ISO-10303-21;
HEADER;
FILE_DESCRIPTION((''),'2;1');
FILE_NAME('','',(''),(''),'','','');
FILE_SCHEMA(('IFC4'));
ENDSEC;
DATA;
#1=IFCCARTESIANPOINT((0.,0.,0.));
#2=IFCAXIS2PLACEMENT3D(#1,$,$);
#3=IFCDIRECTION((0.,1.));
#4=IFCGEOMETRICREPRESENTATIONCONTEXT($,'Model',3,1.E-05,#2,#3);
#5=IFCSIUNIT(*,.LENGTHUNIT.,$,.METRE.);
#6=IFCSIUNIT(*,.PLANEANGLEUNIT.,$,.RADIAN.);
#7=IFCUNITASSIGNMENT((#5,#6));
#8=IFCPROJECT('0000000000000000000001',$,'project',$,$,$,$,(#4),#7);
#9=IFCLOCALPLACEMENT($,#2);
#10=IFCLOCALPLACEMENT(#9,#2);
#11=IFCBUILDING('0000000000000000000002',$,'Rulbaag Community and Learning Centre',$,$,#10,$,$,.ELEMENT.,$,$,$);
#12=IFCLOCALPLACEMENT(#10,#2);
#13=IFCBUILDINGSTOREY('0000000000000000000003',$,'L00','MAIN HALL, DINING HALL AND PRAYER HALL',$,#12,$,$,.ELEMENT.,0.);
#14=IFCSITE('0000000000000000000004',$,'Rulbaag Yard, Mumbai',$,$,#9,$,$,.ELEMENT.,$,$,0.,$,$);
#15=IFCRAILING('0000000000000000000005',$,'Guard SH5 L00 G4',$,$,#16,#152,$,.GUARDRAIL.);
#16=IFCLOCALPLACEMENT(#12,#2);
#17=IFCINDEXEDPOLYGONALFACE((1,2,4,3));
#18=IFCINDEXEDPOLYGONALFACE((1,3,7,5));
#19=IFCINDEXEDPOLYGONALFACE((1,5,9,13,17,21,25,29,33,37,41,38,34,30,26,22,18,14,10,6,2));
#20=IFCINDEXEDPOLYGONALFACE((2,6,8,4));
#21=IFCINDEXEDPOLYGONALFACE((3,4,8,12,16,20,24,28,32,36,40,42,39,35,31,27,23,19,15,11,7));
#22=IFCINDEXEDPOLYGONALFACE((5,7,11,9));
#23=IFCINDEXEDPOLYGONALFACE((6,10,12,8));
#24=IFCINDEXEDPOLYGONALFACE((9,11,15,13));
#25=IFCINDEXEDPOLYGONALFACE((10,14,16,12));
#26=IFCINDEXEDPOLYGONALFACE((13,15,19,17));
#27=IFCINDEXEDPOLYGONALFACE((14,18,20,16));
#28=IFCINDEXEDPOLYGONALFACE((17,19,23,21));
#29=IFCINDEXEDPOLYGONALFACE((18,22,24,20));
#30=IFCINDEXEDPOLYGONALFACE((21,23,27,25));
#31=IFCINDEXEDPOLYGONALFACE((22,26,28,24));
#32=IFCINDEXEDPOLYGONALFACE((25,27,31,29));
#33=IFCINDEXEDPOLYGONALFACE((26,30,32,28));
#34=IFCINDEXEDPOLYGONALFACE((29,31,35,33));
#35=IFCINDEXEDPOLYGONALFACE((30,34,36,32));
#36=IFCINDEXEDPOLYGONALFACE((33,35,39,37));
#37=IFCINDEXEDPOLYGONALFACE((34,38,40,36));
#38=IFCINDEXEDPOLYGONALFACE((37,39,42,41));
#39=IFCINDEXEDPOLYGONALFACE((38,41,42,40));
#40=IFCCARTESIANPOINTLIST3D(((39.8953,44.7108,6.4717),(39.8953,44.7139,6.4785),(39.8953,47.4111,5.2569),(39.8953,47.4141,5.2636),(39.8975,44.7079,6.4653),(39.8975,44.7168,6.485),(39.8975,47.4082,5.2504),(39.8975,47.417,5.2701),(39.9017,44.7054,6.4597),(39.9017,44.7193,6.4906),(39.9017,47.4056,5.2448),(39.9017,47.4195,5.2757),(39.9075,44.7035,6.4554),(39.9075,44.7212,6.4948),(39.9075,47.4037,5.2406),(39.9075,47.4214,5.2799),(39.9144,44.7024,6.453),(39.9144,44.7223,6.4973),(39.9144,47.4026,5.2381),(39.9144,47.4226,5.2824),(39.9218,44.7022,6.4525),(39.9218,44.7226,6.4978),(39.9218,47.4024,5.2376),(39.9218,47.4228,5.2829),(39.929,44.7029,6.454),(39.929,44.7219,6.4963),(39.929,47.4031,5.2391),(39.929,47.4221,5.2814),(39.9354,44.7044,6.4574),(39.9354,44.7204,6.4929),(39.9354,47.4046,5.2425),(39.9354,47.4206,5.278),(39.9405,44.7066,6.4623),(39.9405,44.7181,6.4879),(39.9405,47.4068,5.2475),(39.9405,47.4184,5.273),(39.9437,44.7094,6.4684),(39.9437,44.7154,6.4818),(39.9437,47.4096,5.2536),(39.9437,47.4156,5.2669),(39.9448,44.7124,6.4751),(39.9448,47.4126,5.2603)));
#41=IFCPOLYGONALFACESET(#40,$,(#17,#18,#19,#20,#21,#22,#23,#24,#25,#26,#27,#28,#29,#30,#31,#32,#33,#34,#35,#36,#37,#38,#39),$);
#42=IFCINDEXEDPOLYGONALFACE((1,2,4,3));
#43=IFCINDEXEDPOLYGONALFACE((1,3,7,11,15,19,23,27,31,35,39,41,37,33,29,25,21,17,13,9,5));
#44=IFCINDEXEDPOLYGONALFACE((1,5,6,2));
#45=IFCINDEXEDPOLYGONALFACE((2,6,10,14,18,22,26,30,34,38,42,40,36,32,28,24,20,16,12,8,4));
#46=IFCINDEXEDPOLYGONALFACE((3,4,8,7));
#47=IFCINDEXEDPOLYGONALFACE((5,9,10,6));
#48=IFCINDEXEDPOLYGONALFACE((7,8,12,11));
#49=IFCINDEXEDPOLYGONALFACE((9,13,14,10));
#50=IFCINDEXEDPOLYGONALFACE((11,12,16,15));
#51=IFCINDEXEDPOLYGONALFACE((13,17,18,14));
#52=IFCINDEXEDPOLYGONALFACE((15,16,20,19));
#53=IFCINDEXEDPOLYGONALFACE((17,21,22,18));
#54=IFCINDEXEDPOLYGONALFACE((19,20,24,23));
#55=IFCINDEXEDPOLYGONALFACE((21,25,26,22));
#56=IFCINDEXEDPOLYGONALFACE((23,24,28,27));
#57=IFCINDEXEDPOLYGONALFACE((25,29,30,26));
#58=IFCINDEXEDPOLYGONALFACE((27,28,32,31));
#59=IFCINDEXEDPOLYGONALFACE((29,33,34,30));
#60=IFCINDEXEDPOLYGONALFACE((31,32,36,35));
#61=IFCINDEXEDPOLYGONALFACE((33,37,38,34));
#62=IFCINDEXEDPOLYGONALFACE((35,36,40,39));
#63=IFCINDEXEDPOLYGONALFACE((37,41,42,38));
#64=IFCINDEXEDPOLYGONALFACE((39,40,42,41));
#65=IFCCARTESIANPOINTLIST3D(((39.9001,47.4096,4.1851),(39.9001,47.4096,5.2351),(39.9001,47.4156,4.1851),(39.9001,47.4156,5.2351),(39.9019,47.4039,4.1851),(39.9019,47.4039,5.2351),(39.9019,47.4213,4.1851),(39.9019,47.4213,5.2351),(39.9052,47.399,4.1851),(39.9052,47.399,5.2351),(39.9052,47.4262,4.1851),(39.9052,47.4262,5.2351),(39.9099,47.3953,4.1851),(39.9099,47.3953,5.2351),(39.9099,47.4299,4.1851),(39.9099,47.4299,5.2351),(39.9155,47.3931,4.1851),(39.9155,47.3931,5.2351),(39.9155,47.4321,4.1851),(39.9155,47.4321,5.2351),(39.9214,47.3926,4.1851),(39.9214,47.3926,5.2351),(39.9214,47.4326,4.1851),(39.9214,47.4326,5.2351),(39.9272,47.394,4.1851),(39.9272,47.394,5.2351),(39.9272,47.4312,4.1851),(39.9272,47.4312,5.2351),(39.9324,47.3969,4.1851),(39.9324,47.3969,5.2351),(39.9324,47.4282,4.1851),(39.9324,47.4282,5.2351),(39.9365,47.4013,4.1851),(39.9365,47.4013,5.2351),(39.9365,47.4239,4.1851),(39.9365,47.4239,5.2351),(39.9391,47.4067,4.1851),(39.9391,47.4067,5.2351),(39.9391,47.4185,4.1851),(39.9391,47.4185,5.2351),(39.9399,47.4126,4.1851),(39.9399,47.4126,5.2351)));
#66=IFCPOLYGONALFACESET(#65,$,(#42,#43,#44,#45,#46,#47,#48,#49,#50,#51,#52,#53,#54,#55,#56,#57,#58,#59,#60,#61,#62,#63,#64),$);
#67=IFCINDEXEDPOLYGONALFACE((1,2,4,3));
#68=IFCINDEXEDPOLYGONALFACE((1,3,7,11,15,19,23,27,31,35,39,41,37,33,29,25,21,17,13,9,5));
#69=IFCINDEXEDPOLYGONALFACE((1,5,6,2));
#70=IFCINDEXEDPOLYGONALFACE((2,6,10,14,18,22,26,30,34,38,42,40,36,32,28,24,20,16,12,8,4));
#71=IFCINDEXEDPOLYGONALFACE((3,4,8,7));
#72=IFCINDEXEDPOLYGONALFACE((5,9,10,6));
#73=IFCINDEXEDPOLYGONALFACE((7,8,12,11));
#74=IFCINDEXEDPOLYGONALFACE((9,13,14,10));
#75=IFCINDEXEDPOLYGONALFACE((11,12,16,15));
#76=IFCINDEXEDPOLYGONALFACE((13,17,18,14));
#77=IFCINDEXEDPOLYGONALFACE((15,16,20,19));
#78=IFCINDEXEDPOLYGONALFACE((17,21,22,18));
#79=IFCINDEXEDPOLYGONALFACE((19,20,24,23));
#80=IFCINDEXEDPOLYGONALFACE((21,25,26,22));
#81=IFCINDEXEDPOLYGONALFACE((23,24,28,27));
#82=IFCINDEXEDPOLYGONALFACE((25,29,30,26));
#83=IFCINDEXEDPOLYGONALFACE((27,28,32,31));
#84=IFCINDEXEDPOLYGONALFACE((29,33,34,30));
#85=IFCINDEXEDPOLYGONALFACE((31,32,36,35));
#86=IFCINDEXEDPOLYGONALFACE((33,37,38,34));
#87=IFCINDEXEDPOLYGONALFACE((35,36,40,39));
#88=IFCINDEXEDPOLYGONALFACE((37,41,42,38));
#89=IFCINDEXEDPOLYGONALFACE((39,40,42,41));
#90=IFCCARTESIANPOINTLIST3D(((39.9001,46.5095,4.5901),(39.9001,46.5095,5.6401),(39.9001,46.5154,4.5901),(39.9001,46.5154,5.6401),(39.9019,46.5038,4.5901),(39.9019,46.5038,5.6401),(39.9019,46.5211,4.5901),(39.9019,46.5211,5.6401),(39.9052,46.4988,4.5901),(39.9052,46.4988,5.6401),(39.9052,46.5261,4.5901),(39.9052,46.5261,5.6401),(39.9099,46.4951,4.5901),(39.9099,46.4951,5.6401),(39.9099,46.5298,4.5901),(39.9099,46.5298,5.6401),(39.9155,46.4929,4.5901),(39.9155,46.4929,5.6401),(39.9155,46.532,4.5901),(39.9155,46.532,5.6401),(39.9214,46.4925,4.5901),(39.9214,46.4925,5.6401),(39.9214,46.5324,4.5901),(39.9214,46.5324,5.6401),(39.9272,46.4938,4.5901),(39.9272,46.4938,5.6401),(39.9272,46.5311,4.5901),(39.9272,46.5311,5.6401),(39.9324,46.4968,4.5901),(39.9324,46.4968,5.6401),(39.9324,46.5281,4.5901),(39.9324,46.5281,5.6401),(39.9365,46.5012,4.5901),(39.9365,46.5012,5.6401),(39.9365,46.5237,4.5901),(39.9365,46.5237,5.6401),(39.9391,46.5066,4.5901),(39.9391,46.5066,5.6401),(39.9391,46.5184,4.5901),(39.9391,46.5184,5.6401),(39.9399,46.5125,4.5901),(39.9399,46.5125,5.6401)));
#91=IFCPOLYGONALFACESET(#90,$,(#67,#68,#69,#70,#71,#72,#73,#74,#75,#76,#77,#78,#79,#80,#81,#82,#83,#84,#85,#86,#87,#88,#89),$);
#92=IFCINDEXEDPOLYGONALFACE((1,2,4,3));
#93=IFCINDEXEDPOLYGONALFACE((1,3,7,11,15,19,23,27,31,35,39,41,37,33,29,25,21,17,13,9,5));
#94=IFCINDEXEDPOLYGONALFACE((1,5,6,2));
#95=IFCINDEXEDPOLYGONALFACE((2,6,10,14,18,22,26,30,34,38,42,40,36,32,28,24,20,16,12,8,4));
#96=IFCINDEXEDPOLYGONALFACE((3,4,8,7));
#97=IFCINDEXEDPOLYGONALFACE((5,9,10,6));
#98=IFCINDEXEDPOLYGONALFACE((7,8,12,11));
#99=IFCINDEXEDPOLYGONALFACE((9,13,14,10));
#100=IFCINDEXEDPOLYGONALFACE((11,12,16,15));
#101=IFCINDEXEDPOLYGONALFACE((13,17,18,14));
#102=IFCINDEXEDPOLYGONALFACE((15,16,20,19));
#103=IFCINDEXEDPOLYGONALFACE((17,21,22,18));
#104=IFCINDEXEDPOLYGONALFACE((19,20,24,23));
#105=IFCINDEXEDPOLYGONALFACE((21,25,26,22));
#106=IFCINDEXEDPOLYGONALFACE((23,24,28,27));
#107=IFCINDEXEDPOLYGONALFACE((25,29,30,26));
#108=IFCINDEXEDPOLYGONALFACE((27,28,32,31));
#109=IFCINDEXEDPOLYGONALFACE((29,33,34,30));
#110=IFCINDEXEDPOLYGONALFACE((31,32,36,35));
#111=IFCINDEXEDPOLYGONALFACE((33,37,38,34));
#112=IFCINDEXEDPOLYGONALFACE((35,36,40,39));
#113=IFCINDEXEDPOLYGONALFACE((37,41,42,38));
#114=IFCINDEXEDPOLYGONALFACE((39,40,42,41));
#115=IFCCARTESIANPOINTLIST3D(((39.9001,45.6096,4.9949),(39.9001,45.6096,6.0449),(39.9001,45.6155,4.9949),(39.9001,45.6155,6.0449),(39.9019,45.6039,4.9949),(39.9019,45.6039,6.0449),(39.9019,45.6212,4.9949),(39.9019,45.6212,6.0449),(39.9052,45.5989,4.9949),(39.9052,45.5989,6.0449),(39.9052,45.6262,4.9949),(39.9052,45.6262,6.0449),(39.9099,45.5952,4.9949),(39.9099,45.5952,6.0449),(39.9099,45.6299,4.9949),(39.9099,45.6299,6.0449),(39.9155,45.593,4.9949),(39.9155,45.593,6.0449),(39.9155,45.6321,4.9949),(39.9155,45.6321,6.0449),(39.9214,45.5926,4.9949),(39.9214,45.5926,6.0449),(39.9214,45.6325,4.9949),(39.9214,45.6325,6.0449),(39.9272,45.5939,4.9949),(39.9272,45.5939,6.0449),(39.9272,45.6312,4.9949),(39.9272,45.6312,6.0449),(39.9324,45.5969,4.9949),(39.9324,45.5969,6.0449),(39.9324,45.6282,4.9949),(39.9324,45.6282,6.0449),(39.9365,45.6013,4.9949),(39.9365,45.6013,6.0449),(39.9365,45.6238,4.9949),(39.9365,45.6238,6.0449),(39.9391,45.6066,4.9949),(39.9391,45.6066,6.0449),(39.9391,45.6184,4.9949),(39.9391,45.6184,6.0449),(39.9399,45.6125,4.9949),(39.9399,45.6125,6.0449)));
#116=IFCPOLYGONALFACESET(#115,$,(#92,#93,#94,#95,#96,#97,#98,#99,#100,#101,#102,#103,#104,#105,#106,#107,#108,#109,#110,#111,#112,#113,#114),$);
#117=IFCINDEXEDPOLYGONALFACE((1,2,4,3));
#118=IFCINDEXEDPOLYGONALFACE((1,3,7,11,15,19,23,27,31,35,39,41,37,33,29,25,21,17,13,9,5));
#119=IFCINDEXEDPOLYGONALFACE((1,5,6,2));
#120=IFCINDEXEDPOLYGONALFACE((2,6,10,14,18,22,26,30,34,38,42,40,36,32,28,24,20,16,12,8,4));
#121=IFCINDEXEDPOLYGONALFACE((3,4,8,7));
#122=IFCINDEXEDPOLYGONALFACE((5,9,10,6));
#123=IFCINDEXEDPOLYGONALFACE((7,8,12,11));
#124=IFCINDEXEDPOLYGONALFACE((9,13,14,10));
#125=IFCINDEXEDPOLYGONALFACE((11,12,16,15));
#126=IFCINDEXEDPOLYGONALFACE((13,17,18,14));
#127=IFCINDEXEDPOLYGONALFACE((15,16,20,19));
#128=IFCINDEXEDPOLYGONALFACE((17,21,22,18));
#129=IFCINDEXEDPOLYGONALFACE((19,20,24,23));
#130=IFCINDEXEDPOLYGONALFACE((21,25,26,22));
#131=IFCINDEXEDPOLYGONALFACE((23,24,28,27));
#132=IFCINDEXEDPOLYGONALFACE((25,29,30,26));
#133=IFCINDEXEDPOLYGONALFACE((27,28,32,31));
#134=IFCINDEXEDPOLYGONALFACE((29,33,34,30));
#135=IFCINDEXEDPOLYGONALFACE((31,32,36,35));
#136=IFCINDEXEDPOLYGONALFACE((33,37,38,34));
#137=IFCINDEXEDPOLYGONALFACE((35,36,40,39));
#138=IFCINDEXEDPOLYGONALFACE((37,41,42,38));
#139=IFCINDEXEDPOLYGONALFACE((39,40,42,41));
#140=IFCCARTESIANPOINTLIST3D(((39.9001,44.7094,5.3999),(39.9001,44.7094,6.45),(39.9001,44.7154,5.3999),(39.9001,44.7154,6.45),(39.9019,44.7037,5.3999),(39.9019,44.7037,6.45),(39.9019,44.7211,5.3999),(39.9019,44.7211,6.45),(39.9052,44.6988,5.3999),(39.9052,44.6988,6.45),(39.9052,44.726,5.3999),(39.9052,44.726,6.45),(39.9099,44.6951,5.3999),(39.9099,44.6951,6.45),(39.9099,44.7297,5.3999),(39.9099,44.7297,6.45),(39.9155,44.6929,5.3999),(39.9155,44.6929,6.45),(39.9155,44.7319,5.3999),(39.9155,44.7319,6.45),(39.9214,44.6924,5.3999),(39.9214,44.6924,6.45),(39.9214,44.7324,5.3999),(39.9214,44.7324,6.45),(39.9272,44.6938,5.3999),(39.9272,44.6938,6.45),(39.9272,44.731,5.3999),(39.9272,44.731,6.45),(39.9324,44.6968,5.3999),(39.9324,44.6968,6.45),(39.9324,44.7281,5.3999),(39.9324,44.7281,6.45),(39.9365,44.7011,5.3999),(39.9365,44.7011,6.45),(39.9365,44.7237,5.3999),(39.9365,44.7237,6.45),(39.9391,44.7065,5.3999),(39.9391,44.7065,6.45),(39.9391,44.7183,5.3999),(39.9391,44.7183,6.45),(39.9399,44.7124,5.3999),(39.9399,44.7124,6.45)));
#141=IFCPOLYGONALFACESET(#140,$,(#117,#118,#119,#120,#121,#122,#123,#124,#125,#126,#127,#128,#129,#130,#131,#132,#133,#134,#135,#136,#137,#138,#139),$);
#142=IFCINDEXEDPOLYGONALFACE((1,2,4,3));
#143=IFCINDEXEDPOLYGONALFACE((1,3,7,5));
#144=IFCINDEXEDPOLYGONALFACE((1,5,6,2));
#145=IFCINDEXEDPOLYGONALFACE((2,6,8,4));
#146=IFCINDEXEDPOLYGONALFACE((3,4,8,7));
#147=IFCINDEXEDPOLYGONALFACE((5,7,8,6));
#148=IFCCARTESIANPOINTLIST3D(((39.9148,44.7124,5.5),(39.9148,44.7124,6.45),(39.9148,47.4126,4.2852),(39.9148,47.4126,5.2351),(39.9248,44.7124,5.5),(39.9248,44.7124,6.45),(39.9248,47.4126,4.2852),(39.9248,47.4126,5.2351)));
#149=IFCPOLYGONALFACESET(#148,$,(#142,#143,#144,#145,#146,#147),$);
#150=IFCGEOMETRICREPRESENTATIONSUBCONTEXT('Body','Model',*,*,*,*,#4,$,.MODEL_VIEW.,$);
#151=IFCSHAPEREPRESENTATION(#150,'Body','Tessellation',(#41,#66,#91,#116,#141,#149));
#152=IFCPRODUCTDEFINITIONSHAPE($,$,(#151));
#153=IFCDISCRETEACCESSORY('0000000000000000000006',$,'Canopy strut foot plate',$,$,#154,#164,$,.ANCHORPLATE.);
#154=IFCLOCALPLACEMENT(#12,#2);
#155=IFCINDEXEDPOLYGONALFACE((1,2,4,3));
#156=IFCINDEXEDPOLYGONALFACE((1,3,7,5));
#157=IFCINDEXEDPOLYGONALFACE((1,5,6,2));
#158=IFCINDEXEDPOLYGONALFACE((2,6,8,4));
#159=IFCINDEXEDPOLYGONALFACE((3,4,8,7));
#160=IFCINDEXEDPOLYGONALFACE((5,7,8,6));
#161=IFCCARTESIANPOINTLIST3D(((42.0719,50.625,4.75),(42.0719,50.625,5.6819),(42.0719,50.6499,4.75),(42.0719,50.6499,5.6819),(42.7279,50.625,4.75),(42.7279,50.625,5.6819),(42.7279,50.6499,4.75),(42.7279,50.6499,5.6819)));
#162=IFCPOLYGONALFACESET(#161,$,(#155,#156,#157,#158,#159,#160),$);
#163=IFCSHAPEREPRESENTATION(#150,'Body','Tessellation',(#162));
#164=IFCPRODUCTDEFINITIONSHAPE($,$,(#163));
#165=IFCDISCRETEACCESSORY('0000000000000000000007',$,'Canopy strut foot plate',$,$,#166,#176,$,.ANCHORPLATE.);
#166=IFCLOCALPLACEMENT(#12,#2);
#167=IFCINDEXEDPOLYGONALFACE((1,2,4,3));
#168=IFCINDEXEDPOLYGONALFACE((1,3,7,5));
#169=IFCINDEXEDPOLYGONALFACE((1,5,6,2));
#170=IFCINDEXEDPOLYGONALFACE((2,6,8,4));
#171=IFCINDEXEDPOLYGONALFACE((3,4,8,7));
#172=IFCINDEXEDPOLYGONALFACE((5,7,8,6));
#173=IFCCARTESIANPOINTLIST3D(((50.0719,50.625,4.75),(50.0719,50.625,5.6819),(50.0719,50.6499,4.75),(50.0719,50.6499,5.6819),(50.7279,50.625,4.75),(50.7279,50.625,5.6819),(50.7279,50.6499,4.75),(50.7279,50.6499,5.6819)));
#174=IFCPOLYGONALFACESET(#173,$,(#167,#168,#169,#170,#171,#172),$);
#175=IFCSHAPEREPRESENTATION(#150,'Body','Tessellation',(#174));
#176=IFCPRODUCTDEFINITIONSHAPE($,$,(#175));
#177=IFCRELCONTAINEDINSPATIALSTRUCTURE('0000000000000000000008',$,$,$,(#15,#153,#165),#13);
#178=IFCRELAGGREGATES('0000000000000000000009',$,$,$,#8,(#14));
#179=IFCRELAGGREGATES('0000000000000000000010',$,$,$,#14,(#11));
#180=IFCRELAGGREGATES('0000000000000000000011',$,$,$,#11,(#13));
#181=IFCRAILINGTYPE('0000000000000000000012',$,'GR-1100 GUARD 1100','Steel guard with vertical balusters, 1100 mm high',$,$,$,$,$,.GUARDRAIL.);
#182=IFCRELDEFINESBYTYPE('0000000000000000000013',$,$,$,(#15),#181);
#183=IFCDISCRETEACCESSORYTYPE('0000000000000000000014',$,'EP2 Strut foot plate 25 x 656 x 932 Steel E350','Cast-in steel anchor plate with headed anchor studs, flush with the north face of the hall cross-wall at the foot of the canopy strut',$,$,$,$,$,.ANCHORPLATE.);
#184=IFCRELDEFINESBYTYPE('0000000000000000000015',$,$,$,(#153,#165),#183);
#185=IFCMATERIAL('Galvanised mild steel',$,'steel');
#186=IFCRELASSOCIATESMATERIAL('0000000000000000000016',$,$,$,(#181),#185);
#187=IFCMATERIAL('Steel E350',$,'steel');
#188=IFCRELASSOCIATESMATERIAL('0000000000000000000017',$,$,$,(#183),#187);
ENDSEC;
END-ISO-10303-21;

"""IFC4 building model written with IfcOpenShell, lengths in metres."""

from ifc_helpers import new_model, si_unit, direction, frame, origin, origin_2d, place, context, subcontext, project, spatial, polyline, rectangle, circle, outline, extrude, material, type_object, element, save


model = new_model("IFC4")

# Units and contexts
model_context = context("Model", 3, precision=1e-05, world=origin(), true_north=direction((0.0, 1.0)))
body_context = subcontext(model_context, "Body", "Model", "MODEL_VIEW")
ifc_project = project(units=[si_unit("LENGTHUNIT", "METRE"), si_unit("PLANEANGLEUNIT", "RADIAN")], contexts=[model_context])

# Site, building, storey
site_placement = place(None, origin())
site = spatial("IfcSite", under=ifc_project, at=site_placement, Name="Rulbaag Yard, Mumbai", CompositionType="ELEMENT", RefElevation=0.0)
building_placement = place(site_placement, origin())
building = spatial("IfcBuilding", under=site, at=building_placement, Name="Rulbaag Community and Learning Centre", CompositionType="ELEMENT")
storey_placement = place(building_placement, origin())
storey = spatial("IfcBuildingStorey", under=building, at=storey_placement, Name="L00", Description="MAIN HALL, DINING HALL AND PRAYER HALL", CompositionType="ELEMENT", Elevation=0.0)

# Shared definitions
ifc_material_1 = material(Name="Steel E350", Category="steel")

# Railing
ifc_material_2 = material(Name="Galvanised mild steel", Category="steel")
railing_type = type_object("IfcRailingType", Name="GR-1100 GUARD 1100", Description="Steel guard with vertical balusters, 1100 mm high", PredefinedType="GUARDRAIL", material=ifc_material_2)
railing_1_placement = place(storey_placement, frame((39.9199, 47.4126, 4.1851)))
element("IfcRailing", 1, at=railing_1_placement, inside=storey, type_object=railing_type, Name="Guard SH5 L00 G4", PredefinedType="GUARDRAIL", context=body_context, shape_type="SweptSolid", body=[
    extrude(circle(Radius=0.0249, at=origin_2d()), frame((0.0, 0.0, 1.0752), z_axis=(0.0, -0.911952, 0.410296), x_axis=(1.0, 0.0, 0.0)), (0.0, 0.0, 1.0), 2.9609),
    extrude(circle(Radius=0.02, at=origin_2d()), origin(), (0.0, 0.0, 1.0), 1.05),
    extrude(circle(Radius=0.02, at=origin_2d()), frame((0.0, -0.9001, 0.405)), (0.0, 0.0, 1.0), 1.05),
    extrude(circle(Radius=0.02, at=origin_2d()), frame((0.0, -1.8, 0.8098)), (0.0, 0.0, 1.0), 1.05),
    extrude(circle(Radius=0.02, at=origin_2d()), frame((0.0, -2.7002, 1.2148)), (0.0, 0.0, 1.0), 1.05),
    extrude(outline(polyline([(0.0, 0.0), (2.7002, 1.2148), (2.7002, 2.1648), (0.0, 0.95), (0.0, 0.0)])), frame((0.0049, 0.0, 0.1001), z_axis=(-1.0, 0.0, 0.0), x_axis=(0.0, -1.0, 0.0)), (0.0, 0.0, 1.0), 0.01),
])

# Discrete accessories
discrete_accessory_type = type_object("IfcDiscreteAccessoryType", Name="EP2 Strut foot plate 25 x 656 x 932 Steel E350", Description="Cast-in steel anchor plate with headed anchor studs, flush with the north face of the hall cross-wall at the foot of the canopy strut", PredefinedType="ANCHORPLATE", material=ifc_material_1)
for number, where, z_axis, x_axis, name in (
    (2, (42.3999, 50.6375, 4.75), (0.0, 0.0, 1.0), (1.0, 0.0, 0.0), "Canopy strut foot plate"),
    (3, (50.3999, 50.6375, 4.75), (0.0, 0.0, 1.0), (1.0, 0.0, 0.0), "Canopy strut foot plate"),
):
    element("IfcDiscreteAccessory", number, at=place(storey_placement, frame(where, z_axis=z_axis, x_axis=x_axis)), inside=storey, type_object=discrete_accessory_type, Name=name, PredefinedType="ANCHORPLATE", context=body_context, shape_type="SweptSolid", body=[
        extrude(rectangle(XDim=0.656, YDim=0.0249, at=origin_2d()), origin(), (0.0, 0.0, 1.0), 0.9319),
    ])

save(model, "model.ifc")
